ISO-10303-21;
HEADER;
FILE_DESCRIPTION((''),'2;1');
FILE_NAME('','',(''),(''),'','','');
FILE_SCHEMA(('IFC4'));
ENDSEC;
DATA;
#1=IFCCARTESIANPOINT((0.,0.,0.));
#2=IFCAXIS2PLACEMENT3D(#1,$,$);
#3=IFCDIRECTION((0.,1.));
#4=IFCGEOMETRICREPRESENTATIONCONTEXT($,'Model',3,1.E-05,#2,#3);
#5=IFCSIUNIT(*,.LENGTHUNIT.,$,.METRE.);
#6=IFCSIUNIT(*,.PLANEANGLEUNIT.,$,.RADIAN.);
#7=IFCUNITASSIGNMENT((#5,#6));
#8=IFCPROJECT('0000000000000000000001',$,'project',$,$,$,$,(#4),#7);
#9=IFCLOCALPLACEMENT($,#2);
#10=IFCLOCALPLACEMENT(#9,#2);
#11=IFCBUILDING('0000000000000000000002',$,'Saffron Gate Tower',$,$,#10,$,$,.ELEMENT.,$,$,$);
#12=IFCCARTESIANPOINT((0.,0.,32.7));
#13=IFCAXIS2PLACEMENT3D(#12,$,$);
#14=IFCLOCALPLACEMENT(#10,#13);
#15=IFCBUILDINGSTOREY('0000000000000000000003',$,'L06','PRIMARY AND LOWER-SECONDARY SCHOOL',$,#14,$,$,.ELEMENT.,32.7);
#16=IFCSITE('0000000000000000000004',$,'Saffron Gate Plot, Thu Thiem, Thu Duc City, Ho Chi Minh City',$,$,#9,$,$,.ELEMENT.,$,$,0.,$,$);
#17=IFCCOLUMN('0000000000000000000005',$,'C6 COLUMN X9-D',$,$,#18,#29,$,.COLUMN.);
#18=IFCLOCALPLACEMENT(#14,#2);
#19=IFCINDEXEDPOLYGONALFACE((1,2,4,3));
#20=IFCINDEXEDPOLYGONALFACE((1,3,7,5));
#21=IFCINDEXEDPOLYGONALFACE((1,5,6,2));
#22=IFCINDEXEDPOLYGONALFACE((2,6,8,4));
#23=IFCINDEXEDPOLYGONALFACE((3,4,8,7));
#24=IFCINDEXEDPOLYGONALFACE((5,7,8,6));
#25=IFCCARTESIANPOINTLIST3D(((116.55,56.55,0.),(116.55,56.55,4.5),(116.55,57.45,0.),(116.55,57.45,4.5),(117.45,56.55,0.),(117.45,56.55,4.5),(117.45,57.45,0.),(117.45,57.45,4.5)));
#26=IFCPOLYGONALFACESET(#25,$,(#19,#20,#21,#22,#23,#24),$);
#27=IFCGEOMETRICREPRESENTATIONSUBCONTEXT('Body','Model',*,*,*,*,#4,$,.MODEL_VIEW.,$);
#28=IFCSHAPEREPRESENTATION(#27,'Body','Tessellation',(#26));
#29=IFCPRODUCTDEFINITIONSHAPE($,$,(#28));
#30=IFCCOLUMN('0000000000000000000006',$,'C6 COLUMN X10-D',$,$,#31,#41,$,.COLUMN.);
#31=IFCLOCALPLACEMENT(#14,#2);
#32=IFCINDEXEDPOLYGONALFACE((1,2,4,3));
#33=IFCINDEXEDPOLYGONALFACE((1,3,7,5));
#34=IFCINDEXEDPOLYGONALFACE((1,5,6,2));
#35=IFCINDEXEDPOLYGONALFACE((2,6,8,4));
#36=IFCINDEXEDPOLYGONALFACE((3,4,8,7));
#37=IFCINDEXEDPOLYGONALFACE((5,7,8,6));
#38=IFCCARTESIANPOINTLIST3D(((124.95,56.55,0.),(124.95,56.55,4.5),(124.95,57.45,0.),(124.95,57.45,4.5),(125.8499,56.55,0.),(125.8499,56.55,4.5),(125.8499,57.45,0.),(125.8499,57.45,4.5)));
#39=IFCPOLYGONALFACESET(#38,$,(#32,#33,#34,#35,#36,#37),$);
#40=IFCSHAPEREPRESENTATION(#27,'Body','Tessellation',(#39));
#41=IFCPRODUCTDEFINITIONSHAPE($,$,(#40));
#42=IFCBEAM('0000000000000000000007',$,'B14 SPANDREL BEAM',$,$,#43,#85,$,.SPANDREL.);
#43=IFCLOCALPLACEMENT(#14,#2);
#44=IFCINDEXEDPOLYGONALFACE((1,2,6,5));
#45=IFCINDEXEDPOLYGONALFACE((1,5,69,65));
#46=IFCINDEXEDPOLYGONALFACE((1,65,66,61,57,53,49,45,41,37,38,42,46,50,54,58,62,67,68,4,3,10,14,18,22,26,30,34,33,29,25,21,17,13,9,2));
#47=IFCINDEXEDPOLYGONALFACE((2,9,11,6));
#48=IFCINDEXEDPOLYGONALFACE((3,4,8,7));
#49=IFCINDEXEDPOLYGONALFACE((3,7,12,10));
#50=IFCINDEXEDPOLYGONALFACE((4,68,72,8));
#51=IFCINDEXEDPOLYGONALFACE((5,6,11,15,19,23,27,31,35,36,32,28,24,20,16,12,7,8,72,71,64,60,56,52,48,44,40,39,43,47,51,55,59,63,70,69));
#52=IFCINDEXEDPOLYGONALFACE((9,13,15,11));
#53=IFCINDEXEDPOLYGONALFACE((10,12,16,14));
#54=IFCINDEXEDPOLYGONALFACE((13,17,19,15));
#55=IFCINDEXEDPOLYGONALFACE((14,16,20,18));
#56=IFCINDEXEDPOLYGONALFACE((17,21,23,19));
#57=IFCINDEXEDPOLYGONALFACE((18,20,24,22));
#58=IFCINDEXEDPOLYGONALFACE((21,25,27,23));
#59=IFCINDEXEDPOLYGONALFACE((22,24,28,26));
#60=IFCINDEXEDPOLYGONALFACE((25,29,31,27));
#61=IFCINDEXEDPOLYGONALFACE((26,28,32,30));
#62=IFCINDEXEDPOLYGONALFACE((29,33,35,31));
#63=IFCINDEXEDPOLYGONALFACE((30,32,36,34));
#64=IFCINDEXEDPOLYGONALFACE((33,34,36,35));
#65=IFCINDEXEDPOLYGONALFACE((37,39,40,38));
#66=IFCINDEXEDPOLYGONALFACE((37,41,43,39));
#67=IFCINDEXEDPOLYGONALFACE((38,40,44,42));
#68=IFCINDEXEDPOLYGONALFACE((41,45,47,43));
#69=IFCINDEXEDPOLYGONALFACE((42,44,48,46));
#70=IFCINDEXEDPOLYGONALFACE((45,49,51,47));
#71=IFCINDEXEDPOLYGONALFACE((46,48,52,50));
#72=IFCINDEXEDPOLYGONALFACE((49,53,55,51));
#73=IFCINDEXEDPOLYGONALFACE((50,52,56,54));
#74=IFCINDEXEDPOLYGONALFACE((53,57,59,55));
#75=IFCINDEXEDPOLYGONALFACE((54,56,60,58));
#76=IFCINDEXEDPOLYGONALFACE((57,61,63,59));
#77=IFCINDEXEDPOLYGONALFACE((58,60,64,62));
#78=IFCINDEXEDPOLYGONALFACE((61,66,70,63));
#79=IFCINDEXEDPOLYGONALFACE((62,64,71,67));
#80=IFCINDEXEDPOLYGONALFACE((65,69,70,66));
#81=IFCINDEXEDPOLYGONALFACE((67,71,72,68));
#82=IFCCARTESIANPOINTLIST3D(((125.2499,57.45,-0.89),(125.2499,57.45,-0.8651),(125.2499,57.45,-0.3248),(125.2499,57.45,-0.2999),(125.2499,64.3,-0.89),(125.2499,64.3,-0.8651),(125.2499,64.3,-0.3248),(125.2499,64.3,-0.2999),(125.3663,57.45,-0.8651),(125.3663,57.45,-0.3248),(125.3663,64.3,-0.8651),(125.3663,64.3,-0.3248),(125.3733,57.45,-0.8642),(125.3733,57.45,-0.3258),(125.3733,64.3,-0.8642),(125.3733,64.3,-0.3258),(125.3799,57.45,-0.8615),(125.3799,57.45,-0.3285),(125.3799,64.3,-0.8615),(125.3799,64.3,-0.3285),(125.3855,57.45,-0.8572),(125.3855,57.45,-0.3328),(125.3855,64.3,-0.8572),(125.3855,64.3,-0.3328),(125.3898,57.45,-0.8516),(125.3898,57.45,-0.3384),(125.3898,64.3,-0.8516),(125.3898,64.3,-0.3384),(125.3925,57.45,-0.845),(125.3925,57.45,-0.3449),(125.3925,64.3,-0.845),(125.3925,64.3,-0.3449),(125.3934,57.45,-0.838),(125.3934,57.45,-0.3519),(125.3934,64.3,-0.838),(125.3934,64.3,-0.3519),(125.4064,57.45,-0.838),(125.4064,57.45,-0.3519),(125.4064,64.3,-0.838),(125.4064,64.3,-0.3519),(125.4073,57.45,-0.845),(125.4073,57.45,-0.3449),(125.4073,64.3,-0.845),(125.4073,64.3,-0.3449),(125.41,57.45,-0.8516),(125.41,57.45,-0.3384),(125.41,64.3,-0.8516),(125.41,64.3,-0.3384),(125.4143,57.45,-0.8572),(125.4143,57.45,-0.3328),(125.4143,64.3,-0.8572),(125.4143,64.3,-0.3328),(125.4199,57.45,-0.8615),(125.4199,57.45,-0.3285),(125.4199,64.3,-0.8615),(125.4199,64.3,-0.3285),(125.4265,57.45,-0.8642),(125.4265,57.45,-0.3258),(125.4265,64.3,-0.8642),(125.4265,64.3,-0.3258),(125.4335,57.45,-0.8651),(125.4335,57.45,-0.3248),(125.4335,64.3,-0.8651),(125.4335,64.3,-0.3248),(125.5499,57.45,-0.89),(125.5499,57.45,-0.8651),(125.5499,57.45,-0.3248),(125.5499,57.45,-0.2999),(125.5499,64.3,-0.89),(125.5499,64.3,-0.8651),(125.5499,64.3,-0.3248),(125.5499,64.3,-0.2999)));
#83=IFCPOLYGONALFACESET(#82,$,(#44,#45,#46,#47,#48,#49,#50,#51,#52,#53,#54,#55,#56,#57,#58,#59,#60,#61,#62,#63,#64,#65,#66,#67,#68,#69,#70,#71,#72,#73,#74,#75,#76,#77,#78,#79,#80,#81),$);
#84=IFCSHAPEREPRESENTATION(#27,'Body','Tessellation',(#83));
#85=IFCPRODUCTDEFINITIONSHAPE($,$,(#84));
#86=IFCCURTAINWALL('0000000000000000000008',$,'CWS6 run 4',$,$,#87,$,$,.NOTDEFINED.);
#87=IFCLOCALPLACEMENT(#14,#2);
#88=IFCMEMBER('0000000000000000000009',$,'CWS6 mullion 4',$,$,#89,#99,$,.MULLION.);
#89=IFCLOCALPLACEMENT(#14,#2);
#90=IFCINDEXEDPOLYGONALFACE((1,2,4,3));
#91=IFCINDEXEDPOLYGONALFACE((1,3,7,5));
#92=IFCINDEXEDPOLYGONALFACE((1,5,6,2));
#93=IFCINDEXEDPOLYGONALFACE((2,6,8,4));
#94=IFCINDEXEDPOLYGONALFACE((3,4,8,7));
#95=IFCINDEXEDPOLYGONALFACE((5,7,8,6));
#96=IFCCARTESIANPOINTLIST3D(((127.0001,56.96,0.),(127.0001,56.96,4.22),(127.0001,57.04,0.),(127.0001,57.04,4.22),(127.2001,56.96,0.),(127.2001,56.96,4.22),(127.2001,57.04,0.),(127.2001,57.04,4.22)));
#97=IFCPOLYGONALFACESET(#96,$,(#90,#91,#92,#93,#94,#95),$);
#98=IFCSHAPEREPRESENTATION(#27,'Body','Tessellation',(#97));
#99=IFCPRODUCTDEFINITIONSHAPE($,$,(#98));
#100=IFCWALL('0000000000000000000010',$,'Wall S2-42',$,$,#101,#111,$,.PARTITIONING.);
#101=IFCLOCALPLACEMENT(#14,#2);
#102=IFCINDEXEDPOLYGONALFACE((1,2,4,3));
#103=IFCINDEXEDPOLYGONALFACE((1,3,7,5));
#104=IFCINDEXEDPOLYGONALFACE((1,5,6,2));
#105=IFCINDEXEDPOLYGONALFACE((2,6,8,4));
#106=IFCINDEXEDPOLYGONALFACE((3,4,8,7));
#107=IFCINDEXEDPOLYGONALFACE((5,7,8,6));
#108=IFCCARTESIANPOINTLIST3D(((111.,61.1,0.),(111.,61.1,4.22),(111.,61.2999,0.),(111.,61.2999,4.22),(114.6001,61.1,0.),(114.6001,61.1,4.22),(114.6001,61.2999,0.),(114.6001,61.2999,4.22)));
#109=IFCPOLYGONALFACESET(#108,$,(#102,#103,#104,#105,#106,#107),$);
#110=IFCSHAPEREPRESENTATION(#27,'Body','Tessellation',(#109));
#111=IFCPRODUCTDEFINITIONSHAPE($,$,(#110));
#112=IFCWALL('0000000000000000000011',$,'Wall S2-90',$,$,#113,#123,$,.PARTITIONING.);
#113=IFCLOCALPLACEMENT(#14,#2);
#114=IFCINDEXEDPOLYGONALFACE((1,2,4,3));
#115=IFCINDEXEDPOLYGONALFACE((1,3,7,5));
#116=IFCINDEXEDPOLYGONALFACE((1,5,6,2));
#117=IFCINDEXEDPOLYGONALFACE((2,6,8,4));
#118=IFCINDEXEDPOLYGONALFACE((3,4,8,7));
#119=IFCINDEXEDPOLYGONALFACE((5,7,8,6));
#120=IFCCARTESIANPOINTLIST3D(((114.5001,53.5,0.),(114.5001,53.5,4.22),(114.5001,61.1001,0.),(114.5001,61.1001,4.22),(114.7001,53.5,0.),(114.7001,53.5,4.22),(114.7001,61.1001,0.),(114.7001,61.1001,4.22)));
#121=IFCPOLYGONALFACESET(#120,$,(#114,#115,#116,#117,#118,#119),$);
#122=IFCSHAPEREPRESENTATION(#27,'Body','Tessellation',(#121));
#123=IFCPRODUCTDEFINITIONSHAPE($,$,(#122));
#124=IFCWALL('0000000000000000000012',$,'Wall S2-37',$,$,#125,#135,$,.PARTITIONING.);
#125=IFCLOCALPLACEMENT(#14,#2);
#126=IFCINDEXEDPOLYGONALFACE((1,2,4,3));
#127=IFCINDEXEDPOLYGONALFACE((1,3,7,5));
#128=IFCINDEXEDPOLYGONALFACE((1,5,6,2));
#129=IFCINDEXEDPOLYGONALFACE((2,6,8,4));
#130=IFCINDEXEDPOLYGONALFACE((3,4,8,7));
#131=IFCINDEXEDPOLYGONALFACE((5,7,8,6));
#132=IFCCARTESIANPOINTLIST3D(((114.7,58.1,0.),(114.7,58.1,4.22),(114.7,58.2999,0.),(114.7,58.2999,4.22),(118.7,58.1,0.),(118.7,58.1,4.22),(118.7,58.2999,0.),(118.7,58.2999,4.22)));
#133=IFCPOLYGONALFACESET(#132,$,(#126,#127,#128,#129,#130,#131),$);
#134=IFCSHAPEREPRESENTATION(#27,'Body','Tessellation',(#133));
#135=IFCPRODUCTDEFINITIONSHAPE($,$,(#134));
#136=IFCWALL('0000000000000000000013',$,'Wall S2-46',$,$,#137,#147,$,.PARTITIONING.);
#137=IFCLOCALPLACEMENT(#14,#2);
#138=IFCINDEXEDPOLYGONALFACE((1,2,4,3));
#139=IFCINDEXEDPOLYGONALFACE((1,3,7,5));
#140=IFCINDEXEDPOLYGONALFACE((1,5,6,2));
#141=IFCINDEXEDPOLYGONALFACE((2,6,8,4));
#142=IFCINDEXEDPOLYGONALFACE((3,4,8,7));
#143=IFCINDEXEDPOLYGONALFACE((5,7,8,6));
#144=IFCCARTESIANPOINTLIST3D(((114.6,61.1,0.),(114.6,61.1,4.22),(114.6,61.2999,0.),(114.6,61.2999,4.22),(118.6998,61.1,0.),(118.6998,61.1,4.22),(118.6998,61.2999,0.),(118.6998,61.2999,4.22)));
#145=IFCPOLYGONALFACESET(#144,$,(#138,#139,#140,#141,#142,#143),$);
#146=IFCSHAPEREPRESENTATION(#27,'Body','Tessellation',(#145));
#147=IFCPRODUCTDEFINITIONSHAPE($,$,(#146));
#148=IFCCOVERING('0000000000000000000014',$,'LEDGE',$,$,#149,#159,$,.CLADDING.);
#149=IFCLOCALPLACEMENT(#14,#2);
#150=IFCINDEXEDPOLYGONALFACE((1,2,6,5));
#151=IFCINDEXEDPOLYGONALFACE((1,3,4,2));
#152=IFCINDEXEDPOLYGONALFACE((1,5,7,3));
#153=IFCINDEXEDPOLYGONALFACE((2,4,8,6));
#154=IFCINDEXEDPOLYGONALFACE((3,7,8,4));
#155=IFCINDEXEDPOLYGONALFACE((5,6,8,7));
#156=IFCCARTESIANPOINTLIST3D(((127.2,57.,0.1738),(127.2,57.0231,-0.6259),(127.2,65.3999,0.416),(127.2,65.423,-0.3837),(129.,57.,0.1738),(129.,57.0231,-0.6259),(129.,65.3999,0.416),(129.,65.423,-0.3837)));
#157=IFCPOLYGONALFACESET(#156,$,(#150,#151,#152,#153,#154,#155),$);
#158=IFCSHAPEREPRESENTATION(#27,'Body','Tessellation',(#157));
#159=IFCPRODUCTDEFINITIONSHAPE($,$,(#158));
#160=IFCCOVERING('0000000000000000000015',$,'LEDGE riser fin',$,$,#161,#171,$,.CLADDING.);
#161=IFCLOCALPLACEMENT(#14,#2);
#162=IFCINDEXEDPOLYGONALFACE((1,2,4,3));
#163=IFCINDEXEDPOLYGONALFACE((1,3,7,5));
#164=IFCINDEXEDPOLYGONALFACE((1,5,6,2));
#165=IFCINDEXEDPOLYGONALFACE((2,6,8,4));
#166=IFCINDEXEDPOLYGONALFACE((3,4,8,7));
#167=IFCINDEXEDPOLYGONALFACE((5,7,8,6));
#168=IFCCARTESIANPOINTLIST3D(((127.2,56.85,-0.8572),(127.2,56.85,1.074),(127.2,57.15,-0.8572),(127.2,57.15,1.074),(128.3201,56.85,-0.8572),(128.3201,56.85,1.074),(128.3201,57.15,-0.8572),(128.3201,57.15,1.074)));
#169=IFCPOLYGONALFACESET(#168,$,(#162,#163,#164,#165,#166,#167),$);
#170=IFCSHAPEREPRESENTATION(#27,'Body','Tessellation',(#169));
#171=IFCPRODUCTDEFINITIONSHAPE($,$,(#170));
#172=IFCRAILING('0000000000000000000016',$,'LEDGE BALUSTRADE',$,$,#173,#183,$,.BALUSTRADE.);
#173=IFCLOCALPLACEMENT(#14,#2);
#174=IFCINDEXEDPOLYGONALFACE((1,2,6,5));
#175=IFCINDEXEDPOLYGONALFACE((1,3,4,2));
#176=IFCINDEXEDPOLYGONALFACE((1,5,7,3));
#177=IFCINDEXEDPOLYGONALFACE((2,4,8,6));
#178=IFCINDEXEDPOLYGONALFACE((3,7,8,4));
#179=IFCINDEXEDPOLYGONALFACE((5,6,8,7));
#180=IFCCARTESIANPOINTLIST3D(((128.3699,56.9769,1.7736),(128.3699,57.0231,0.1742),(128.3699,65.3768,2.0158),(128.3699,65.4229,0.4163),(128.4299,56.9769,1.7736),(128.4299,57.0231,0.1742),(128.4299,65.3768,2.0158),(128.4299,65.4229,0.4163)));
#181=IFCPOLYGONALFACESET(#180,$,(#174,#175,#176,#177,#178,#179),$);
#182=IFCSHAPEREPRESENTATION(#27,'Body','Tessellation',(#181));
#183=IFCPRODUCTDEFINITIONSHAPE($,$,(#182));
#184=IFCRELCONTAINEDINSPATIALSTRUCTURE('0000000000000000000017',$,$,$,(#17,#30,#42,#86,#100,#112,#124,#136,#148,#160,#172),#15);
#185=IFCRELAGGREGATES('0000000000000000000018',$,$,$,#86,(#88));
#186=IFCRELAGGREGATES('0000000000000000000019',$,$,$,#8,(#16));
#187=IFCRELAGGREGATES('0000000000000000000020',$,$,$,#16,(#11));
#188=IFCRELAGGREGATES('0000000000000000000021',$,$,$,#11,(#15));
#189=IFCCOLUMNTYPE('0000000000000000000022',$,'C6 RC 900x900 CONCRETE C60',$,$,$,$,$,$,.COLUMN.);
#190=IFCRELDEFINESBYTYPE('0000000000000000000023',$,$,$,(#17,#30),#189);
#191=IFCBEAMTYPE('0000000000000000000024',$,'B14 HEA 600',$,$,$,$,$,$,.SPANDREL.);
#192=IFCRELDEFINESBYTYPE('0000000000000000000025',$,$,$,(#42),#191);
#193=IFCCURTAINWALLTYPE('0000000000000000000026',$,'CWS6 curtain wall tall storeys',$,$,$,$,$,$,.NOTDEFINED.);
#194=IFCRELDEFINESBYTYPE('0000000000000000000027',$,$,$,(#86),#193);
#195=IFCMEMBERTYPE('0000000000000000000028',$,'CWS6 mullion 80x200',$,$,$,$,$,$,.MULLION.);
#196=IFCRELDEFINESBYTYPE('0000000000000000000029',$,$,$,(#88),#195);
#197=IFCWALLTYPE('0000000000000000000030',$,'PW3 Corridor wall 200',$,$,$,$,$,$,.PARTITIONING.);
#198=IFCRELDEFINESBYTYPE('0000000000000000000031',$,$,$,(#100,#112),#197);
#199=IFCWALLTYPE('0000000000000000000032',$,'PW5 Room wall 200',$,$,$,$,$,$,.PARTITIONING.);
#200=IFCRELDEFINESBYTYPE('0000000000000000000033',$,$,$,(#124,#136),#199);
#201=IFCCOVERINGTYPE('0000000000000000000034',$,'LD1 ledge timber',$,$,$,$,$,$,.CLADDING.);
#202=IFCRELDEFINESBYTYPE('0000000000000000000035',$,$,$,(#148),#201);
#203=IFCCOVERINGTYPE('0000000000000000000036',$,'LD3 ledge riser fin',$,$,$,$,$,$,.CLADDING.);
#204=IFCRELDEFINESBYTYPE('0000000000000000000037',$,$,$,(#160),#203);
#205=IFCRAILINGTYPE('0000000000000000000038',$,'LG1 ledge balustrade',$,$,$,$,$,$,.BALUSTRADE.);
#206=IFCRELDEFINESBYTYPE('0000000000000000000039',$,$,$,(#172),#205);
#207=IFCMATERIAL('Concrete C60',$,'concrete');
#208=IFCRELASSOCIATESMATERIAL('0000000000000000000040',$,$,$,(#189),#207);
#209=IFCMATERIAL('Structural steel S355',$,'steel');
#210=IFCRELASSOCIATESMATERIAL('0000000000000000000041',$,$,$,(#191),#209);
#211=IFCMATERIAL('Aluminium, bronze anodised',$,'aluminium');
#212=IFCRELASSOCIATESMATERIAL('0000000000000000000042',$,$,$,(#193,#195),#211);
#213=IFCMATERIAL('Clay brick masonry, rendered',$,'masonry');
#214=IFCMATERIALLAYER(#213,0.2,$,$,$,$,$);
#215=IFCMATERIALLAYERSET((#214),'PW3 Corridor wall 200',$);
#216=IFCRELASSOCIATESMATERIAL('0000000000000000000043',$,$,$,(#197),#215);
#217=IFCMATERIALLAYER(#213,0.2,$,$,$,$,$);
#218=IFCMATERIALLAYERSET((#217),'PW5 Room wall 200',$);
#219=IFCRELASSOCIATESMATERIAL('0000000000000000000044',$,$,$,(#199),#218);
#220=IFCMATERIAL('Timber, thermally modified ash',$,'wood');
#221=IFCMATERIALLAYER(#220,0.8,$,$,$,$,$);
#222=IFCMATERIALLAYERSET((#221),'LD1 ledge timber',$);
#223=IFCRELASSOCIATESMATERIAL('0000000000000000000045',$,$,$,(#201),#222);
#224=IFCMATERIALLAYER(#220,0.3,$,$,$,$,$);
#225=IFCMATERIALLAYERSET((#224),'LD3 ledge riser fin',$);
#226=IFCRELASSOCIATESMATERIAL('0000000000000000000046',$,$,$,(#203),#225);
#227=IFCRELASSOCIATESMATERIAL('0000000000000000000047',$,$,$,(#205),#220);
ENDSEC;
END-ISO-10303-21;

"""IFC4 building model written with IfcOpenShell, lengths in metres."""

from ifc_helpers import new_model, si_unit, direction, frame, frame_2d, origin, origin_2d, place, context, subcontext, project, spatial, polyline, rectangle, i_section, outline, extrude, material, layer, layer_set, material_profile, profile_set, type_object, element, aggregate, save


model = new_model("IFC4")

# Units and contexts
model_context = context("Model", 3, precision=1e-05, world=origin(), true_north=direction((0.0, 1.0)))
body_context = subcontext(model_context, "Body", "Model", "MODEL_VIEW")
ifc_project = project(units=[si_unit("LENGTHUNIT", "METRE"), si_unit("PLANEANGLEUNIT", "RADIAN")], contexts=[model_context])

# Site, building, storey
site_placement = place(None, origin())
site = spatial("IfcSite", under=ifc_project, at=site_placement, Name="Saffron Gate Plot, Thu Thiem, Thu Duc City, Ho Chi Minh City", CompositionType="ELEMENT", RefElevation=0.0)
building_placement = place(site_placement, origin())
building = spatial("IfcBuilding", under=site, at=building_placement, Name="Saffron Gate Tower", CompositionType="ELEMENT")
storey_placement = place(building_placement, frame((0.0, 0.0, 32.7)))
storey = spatial("IfcBuildingStorey", under=building, at=storey_placement, Name="L06", Description="PRIMARY AND LOWER-SECONDARY SCHOOL", CompositionType="ELEMENT", Elevation=32.7)

# Columns
ifc_material_1 = material(Name="Concrete C60", Category="concrete")
ifc_material_profile_1 = material_profile(ifc_material_1, rectangle(XDim=0.8999, YDim=0.8999, at=origin_2d()))
ifc_profile_set_1 = profile_set([ifc_material_profile_1], Name="Concrete C60")
column_type = type_object("IfcColumnType", Name="C6 RC 900x900 CONCRETE C60", PredefinedType="COLUMN", material=ifc_profile_set_1)
for number, where, z_axis, x_axis, name in (
    (1, (117.0, 57.0, 0.0), (0.0, 0.0, 1.0), (1.0, 0.0, 0.0), "C6 COLUMN X9-D"),
    (2, (125.3999, 57.0, 0.0), (0.0, 0.0, 1.0), (1.0, 0.0, 0.0), "C6 COLUMN X10-D"),
):
    element("IfcColumn", number, at=place(storey_placement, frame(where, z_axis=z_axis, x_axis=x_axis)), inside=storey, type_object=column_type, Name=name, PredefinedType="COLUMN", context=body_context, shape_type="SweptSolid", body=[
        extrude(rectangle(XDim=0.8999, YDim=0.8999, at=origin_2d()), origin(), (0.0, 0.0, 1.0), 4.5),
    ])

# Beam
ifc_material_2 = material(Name="Structural steel S355", Category="steel")
ifc_material_profile_2 = material_profile(ifc_material_2, i_section(OverallWidth=0.3, OverallDepth=0.5901, WebThickness=0.0129, FlangeThickness=0.0249, FilletRadius=0.0271, at=origin_2d()))
ifc_profile_set_2 = profile_set([ifc_material_profile_2], Name="Structural steel S355")
beam_type = type_object("IfcBeamType", Name="B14 HEA 600", PredefinedType="SPANDREL", material=ifc_profile_set_2)
beam_placement = place(storey_placement, frame((125.3999, 57.45, -0.595), z_axis=(0.0, 1.0, 0.0), x_axis=(-1.0, 0.0, 0.0)))
element("IfcBeam", 3, at=beam_placement, inside=storey, type_object=beam_type, Name="B14 SPANDREL BEAM", PredefinedType="SPANDREL", context=body_context, shape_type="SweptSolid", body=[
    extrude(i_section(OverallWidth=0.3, OverallDepth=0.5901, WebThickness=0.0129, FlangeThickness=0.0249, FilletRadius=0.0271, at=origin_2d()), origin(), (0.0, 0.0, 1.0), 6.8501),
])

# Curtain wall, member
ifc_material_3 = material(Name="Aluminium, bronze anodised", Category="aluminium")
curtain_wall_type = type_object("IfcCurtainWallType", Name="CWS6 curtain wall tall storeys", PredefinedType="NOTDEFINED", material=ifc_material_3)
curtain_wall_placement = place(storey_placement, origin())
curtain_wall = element("IfcCurtainWall", 4, at=curtain_wall_placement, inside=storey, type_object=curtain_wall_type, Name="CWS6 run 4", PredefinedType="NOTDEFINED")
ifc_material_profile_3 = material_profile(ifc_material_3, rectangle(XDim=0.2, YDim=0.0801, at=origin_2d()))
ifc_profile_set_3 = profile_set([ifc_material_profile_3], Name="Aluminium, bronze anodised")
member_type = type_object("IfcMemberType", Name="CWS6 mullion 80x200", PredefinedType="MULLION", material=ifc_profile_set_3)
member_placement = place(storey_placement, frame((127.1001, 57.0, 0.0), z_axis=(0.0, 0.0, 1.0), x_axis=(-1.0, 0.0, 0.0)))
member = element("IfcMember", 5, at=member_placement, type_object=member_type, Name="CWS6 mullion 4", PredefinedType="MULLION", context=body_context, shape_type="SweptSolid", body=[
    extrude(rectangle(XDim=0.2, YDim=0.0801, at=origin_2d()), origin(), (0.0, 0.0, 1.0), 4.22),
])
aggregate(curtain_wall, [member])

# Walls
ifc_material_4 = material(Name="Clay brick masonry, rendered", Category="masonry")
ifc_layer_1 = layer(ifc_material_4, 0.2)
ifc_layer_set_1 = layer_set([ifc_layer_1], Name="PW3 Corridor wall 200")
wall_type_1 = type_object("IfcWallType", Name="PW3 Corridor wall 200", PredefinedType="PARTITIONING", material=ifc_layer_set_1)
wall_1_placement = place(storey_placement, frame((111.0, 61.2, 0.0), z_axis=(0.0, 0.0, 1.0), x_axis=(1.0, 0.0, 0.0)))
element("IfcWall", 6, at=wall_1_placement, inside=storey, type_object=wall_type_1, Name="Wall S2-42", PredefinedType="PARTITIONING", context=body_context, shape_type="SweptSolid", body=[
    extrude(rectangle(XDim=3.6001, YDim=0.2, at=frame_2d((1.8, 0.0))), origin(), (0.0, 0.0, 1.0), 4.22),
])
wall_2_placement = place(storey_placement, frame((114.6001, 61.1001, 0.0), z_axis=(0.0, 0.0, 1.0), x_axis=(0.0, -1.0, 0.0)))
element("IfcWall", 7, at=wall_2_placement, inside=storey, type_object=wall_type_1, Name="Wall S2-90", PredefinedType="PARTITIONING", context=body_context, shape_type="SweptSolid", body=[
    extrude(rectangle(XDim=7.6001, YDim=0.2, at=frame_2d((3.8, 0.0))), origin(), (0.0, 0.0, 1.0), 4.22),
])
ifc_layer_2 = layer(ifc_material_4, 0.2)
ifc_layer_set_2 = layer_set([ifc_layer_2], Name="PW5 Room wall 200")
wall_type_2 = type_object("IfcWallType", Name="PW5 Room wall 200", PredefinedType="PARTITIONING", material=ifc_layer_set_2)
wall_3_placement = place(storey_placement, frame((114.7, 58.2, 0.0), z_axis=(0.0, 0.0, 1.0), x_axis=(1.0, 0.0, 0.0)))
element("IfcWall", 8, at=wall_3_placement, inside=storey, type_object=wall_type_2, Name="Wall S2-37", PredefinedType="PARTITIONING", context=body_context, shape_type="SweptSolid", body=[
    extrude(rectangle(XDim=4.0, YDim=0.2, at=frame_2d((2.0, 0.0))), origin(), (0.0, 0.0, 1.0), 4.22),
])
wall_4_placement = place(storey_placement, frame((114.6001, 61.2, 0.0), z_axis=(0.0, 0.0, 1.0), x_axis=(1.0, 0.0, 0.0)))
element("IfcWall", 9, at=wall_4_placement, inside=storey, type_object=wall_type_2, Name="Wall S2-46", PredefinedType="PARTITIONING", context=body_context, shape_type="SweptSolid", body=[
    extrude(rectangle(XDim=4.0999, YDim=0.2, at=frame_2d((2.0498, 0.0))), origin(), (0.0, 0.0, 1.0), 4.22),
])

# Coverings
ifc_material_5 = material(Name="Timber, thermally modified ash", Category="wood")
ifc_layer_3 = layer(ifc_material_5, 0.8)
ifc_layer_set_3 = layer_set([ifc_layer_3], Name="LD1 ledge timber")
covering_type_1 = type_object("IfcCoveringType", Name="LD1 ledge timber", PredefinedType="CLADDING", material=ifc_layer_set_3)
covering_1_placement = place(storey_placement, frame((127.2, 57.0, 0.1738), z_axis=(0.0, -0.02882, 0.999585), x_axis=(0.0, 0.999585, 0.02882)))
element("IfcCovering", 10, at=covering_1_placement, inside=storey, type_object=covering_type_1, Name="LEDGE", PredefinedType="CLADDING", context=body_context, shape_type="SweptSolid", body=[
    extrude(outline(polyline([(0.0, 0.0), (8.4034, 0.0), (8.4034, -1.8), (0.0, -1.8), (0.0, 0.0)])), origin(), (0.0, 0.0, -1.0), 0.8),
])
ifc_layer_4 = layer(ifc_material_5, 0.3)
ifc_layer_set_4 = layer_set([ifc_layer_4], Name="LD3 ledge riser fin")
covering_type_2 = type_object("IfcCoveringType", Name="LD3 ledge riser fin", PredefinedType="CLADDING", material=ifc_layer_set_4)
covering_2_placement = place(storey_placement, frame((127.76, 57.0, -0.8572), z_axis=(0.0, 0.0, 1.0), x_axis=(0.0, 1.0, 0.0)))
element("IfcCovering", 11, at=covering_2_placement, inside=storey, type_object=covering_type_2, Name="LEDGE riser fin", PredefinedType="CLADDING", context=body_context, shape_type="SweptSolid", body=[
    extrude(rectangle(XDim=0.3, YDim=1.1201, at=origin_2d()), origin(), (0.0, 0.0, 1.0), 1.9312),
])

# Railing
railing_type = type_object("IfcRailingType", Name="LG1 ledge balustrade", PredefinedType="BALUSTRADE", material=ifc_material_5)
railing_1_placement = place(storey_placement, frame((128.3999, 57.0, 0.1738)))
element("IfcRailing", 12, at=railing_1_placement, inside=storey, type_object=railing_type, Name="LEDGE BALUSTRADE", PredefinedType="BALUSTRADE", context=body_context, shape_type="SweptSolid", body=[
    extrude(rectangle(XDim=0.0601, YDim=1.6001, at=origin_2d()), frame((0.0, 0.0, 0.8), z_axis=(0.0, 0.999585, 0.02882), x_axis=(-1.0, 0.0, 0.0)), (0.0, 0.0, 1.0), 8.4033),
])

save(model, "model.ifc")
